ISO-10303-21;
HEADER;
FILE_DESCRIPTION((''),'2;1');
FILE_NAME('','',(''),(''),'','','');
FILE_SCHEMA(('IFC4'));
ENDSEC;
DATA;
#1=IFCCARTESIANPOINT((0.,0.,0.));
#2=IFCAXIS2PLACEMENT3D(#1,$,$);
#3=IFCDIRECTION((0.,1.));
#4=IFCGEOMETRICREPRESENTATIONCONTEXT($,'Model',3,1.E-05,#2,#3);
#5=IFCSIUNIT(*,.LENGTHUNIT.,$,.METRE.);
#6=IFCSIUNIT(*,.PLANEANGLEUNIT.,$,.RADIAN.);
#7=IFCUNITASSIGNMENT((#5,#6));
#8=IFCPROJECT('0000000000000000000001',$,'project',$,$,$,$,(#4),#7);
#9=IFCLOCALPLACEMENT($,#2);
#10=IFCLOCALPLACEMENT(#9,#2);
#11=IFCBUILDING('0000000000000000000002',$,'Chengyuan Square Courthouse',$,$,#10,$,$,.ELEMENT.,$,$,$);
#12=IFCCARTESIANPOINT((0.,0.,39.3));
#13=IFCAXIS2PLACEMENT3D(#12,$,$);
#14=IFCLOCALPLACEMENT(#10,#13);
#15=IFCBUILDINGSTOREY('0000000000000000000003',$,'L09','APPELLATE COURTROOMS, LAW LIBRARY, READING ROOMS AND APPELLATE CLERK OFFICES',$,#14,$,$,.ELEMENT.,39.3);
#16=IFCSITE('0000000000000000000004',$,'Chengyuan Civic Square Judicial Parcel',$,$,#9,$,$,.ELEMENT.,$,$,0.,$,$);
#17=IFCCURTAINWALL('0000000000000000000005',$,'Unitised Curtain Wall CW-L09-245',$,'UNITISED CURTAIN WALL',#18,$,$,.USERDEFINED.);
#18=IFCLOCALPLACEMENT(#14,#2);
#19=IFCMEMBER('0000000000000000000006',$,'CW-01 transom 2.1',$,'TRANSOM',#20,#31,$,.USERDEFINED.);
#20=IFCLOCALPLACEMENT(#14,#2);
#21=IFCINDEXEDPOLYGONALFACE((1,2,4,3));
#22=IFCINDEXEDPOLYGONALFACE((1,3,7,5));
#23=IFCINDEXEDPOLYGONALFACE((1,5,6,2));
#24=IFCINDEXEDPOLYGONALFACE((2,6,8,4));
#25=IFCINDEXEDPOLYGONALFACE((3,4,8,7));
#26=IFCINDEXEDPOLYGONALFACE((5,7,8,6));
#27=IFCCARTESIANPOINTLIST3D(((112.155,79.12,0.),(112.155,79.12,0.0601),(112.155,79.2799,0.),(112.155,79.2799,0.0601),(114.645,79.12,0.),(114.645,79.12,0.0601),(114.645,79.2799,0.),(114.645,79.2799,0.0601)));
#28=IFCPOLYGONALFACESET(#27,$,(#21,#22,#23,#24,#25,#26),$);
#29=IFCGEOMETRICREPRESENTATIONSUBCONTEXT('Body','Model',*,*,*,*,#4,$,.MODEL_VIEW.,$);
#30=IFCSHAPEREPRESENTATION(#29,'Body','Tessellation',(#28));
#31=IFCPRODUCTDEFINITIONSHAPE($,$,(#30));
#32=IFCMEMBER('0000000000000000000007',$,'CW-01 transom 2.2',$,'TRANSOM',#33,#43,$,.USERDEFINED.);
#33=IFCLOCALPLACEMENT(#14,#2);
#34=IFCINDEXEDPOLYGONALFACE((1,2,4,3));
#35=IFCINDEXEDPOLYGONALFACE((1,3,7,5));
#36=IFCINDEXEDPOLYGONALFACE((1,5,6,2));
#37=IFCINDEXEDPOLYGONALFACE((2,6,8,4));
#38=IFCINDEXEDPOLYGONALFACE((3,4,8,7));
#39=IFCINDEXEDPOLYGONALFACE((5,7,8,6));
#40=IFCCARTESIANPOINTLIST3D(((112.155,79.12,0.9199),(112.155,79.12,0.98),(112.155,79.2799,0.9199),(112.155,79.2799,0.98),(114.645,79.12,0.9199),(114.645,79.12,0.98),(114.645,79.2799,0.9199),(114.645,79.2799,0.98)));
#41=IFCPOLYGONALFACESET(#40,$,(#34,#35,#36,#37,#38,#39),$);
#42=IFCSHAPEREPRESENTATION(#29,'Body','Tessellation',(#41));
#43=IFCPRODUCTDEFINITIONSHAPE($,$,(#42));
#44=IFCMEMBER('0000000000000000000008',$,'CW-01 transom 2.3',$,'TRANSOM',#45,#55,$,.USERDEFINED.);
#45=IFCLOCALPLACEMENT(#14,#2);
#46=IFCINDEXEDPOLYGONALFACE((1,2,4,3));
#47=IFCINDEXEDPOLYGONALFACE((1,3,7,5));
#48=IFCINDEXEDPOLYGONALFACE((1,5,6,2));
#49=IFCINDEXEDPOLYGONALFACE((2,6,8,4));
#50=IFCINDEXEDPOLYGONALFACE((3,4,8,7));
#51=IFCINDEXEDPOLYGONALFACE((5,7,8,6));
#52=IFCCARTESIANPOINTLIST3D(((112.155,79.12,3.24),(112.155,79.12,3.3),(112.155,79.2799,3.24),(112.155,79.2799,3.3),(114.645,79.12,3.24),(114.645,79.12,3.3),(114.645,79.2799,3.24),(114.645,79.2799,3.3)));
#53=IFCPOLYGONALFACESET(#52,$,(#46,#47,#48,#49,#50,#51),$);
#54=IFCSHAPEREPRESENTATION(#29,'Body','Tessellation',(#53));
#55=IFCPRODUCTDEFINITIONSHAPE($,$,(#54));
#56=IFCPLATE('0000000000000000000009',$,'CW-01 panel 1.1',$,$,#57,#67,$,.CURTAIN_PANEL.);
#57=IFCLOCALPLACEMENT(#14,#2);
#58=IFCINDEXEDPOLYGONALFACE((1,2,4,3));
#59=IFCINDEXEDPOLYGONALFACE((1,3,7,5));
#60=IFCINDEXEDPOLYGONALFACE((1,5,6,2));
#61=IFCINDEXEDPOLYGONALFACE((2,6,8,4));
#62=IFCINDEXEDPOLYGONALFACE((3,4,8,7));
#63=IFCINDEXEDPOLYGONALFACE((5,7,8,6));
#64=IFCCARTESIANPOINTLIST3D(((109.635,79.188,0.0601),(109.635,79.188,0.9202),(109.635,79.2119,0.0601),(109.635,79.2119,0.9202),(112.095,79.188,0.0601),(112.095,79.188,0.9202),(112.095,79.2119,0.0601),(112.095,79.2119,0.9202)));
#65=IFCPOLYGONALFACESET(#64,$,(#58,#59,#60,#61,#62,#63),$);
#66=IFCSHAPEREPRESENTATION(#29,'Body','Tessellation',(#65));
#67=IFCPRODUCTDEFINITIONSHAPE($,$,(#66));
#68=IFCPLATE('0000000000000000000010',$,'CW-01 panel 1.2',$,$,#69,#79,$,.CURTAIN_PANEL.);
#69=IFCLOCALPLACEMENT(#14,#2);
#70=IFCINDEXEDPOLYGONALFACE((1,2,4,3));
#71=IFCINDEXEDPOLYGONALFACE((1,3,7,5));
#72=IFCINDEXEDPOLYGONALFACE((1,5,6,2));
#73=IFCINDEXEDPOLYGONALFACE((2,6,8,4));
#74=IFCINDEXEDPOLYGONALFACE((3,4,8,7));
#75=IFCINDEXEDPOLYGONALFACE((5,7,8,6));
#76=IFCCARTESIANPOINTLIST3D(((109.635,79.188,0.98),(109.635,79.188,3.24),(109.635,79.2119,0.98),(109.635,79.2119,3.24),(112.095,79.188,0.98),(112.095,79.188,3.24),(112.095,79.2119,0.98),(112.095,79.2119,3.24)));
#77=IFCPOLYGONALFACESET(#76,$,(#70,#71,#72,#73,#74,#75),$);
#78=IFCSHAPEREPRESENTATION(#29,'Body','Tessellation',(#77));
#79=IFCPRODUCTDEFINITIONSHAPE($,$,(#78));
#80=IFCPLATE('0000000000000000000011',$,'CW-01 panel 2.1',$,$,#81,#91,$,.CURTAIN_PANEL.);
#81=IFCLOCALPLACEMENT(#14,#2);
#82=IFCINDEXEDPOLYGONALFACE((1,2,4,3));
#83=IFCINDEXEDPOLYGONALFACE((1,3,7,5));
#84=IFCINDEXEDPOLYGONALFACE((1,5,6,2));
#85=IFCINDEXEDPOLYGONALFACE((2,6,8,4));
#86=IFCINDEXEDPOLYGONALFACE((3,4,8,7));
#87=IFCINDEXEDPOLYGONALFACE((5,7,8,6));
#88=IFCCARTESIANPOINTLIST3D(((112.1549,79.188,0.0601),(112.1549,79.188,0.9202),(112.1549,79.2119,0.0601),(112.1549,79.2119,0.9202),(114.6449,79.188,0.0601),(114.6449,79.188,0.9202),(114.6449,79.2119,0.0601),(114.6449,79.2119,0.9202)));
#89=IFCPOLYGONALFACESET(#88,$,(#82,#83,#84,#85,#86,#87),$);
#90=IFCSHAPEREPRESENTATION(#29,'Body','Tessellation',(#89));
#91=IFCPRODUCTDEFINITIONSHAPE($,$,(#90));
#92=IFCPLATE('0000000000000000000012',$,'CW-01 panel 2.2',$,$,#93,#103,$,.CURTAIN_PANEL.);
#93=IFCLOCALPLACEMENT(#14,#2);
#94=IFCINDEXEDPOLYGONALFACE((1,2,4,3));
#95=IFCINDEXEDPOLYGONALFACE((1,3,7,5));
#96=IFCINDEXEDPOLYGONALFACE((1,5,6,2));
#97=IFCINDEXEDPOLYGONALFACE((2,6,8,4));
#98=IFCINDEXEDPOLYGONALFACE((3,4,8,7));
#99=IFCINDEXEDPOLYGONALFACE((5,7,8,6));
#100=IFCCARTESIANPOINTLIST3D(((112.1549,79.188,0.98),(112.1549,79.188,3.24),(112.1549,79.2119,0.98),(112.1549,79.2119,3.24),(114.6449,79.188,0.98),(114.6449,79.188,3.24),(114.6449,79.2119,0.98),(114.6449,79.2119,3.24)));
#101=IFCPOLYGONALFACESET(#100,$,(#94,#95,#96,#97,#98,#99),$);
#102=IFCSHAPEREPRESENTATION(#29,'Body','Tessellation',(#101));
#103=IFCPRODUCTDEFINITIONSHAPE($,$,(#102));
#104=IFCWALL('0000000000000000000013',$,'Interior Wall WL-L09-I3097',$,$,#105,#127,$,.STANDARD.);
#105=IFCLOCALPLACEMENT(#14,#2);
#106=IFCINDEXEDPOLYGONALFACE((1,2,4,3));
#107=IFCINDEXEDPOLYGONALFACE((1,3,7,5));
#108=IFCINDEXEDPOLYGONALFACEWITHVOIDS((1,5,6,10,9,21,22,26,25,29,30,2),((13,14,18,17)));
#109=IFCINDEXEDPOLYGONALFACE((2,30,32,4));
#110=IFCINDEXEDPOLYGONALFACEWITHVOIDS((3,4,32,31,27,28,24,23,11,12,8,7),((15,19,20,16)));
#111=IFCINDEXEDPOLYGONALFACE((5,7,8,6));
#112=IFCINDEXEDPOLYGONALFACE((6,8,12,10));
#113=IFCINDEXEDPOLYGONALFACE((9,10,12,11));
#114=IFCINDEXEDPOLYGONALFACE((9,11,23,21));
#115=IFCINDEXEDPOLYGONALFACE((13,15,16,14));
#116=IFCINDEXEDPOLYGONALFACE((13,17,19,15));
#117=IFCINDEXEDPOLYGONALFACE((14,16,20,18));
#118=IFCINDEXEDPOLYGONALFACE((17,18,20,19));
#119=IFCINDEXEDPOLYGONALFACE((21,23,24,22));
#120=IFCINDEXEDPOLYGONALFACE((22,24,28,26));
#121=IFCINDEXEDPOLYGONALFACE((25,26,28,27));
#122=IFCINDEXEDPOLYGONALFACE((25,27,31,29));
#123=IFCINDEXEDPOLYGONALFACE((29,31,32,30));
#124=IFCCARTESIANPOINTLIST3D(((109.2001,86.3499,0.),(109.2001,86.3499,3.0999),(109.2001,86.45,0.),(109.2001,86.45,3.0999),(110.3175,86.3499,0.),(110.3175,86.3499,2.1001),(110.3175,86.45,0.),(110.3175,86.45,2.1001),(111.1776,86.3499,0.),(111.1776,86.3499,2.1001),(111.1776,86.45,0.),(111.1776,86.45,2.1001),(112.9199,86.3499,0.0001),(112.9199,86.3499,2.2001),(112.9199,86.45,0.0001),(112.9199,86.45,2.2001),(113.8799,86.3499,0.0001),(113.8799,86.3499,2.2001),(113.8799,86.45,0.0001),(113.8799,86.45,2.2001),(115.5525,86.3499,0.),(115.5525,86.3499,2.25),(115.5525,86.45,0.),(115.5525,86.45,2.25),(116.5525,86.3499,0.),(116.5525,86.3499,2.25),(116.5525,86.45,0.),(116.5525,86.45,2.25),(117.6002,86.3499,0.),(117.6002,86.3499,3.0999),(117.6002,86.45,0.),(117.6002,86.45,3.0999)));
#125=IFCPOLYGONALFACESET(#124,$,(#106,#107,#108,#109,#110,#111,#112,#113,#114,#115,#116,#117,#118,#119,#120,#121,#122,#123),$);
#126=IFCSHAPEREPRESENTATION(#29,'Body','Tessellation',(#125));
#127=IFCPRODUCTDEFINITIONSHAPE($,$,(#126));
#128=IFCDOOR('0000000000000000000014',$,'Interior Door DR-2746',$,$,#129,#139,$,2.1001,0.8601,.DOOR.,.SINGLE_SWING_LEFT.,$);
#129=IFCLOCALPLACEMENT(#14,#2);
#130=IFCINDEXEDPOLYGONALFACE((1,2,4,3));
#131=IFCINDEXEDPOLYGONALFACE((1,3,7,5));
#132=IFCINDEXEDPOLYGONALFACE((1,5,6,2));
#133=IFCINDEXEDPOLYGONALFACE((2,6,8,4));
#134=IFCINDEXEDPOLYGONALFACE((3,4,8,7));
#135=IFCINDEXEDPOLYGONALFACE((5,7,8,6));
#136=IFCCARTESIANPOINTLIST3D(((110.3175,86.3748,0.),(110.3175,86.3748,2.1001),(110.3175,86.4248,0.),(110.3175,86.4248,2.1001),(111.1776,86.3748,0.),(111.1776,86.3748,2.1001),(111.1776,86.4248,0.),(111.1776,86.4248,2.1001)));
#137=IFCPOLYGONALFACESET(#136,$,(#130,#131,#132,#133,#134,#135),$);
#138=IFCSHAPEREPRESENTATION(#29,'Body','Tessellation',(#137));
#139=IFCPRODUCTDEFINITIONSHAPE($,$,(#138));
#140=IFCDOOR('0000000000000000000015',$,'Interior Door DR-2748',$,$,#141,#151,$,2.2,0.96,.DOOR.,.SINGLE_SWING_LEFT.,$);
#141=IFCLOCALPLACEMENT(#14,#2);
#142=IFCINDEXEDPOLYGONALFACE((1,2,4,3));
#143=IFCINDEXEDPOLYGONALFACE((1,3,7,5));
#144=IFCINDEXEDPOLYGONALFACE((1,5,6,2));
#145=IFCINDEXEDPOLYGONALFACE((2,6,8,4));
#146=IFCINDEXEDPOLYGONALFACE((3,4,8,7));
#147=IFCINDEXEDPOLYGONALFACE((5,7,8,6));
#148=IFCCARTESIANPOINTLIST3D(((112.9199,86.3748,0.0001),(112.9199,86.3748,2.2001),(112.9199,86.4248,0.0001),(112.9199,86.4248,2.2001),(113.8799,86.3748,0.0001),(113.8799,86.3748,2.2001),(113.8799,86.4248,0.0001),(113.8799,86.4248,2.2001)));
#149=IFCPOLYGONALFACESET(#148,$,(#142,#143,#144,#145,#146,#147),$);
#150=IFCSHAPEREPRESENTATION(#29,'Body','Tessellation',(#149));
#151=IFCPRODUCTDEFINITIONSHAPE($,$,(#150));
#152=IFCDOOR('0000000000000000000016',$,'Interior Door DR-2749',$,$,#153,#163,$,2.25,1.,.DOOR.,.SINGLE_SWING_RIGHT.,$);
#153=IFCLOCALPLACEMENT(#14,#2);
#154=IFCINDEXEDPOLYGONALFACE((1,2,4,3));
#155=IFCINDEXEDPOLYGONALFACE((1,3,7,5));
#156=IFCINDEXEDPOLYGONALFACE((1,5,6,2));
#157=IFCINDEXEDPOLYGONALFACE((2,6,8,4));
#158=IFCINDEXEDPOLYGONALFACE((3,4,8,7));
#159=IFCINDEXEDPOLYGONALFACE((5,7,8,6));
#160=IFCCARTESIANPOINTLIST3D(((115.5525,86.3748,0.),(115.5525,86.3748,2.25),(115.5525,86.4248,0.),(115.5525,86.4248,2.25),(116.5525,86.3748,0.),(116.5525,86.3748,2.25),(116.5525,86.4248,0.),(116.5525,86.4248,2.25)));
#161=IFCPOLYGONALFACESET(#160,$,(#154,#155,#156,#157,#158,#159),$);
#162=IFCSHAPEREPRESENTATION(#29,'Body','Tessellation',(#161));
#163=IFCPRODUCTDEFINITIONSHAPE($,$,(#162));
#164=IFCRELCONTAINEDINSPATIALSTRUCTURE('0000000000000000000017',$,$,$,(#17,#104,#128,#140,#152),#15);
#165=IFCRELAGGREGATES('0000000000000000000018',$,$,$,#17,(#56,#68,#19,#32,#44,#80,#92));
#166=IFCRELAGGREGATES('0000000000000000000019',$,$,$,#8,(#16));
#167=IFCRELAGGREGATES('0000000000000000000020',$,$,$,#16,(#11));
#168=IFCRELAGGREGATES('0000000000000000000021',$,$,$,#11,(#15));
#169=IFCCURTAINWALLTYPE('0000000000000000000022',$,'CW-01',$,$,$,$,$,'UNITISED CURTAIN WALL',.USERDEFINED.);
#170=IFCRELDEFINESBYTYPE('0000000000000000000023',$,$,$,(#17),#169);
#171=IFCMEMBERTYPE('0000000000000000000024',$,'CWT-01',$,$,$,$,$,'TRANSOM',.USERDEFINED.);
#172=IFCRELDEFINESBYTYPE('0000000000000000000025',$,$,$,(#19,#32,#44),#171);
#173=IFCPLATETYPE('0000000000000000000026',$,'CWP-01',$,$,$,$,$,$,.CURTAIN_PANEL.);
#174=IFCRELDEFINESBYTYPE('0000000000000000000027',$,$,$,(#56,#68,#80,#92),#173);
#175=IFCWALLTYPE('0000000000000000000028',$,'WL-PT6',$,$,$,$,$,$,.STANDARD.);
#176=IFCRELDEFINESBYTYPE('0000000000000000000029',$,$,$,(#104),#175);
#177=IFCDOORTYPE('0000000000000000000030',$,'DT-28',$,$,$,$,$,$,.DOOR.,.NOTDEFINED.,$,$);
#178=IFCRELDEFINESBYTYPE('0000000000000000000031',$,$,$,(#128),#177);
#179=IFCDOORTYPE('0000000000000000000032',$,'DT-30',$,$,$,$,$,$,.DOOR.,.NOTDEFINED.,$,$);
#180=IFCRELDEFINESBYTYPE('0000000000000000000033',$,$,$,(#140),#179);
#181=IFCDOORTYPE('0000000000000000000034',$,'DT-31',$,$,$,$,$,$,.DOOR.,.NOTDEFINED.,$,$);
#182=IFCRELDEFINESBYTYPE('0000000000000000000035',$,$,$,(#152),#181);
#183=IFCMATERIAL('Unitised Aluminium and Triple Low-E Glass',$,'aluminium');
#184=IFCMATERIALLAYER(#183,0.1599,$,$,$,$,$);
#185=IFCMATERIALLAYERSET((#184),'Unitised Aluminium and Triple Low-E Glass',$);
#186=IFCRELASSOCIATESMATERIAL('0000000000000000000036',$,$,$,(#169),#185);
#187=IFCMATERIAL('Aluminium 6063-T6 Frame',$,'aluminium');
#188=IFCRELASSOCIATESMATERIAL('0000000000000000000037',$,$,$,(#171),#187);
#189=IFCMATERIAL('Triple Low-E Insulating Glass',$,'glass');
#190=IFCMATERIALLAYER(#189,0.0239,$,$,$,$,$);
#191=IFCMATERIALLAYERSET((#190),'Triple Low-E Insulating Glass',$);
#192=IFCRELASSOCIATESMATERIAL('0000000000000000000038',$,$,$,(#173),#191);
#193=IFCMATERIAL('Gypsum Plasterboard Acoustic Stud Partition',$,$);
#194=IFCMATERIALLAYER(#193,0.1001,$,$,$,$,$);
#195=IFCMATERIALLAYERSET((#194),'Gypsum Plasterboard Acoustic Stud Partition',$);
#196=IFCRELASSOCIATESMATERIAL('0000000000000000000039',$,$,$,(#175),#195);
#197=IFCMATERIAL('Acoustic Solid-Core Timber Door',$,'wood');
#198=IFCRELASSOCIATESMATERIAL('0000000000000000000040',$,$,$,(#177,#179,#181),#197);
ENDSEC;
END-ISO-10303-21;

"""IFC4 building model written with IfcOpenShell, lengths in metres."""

from ifc_helpers import new_model, si_unit, direction, frame, frame_2d, origin, origin_2d, place, context, subcontext, project, spatial, rectangle, extrude, material, layer, layer_set, material_profile, profile_set, type_object, element, fill, aggregate, save


model = new_model("IFC4")

# Units and contexts
model_context = context("Model", 3, precision=1e-05, world=origin(), true_north=direction((0.0, 1.0)))
body_context = subcontext(model_context, "Body", "Model", "MODEL_VIEW")
ifc_project = project(units=[si_unit("LENGTHUNIT", "METRE"), si_unit("PLANEANGLEUNIT", "RADIAN")], contexts=[model_context])

# Site, building, storey
site_placement = place(None, origin())
site = spatial("IfcSite", under=ifc_project, at=site_placement, Name="Chengyuan Civic Square Judicial Parcel", CompositionType="ELEMENT", RefElevation=0.0)
building_placement = place(site_placement, origin())
building = spatial("IfcBuilding", under=site, at=building_placement, Name="Chengyuan Square Courthouse", CompositionType="ELEMENT")
storey_placement = place(building_placement, frame((0.0, 0.0, 39.3)))
storey = spatial("IfcBuildingStorey", under=building, at=storey_placement, Name="L09", Description="APPELLATE COURTROOMS, LAW LIBRARY, READING ROOMS AND APPELLATE CLERK OFFICES", CompositionType="ELEMENT", Elevation=39.3)

# Curtain wall, members, plates
ifc_material_1 = material(Name="Unitised Aluminium and Triple Low-E Glass", Category="aluminium")
ifc_layer_1 = layer(ifc_material_1, 0.1599)
ifc_layer_set_1 = layer_set([ifc_layer_1], Name="Unitised Aluminium and Triple Low-E Glass")
curtain_wall_type = type_object("IfcCurtainWallType", Name="CW-01", ElementType="UNITISED CURTAIN WALL", PredefinedType="USERDEFINED", material=ifc_layer_set_1)
curtain_wall_placement = place(storey_placement, origin())
curtain_wall = element("IfcCurtainWall", 1, at=curtain_wall_placement, inside=storey, type_object=curtain_wall_type, Name="Unitised Curtain Wall CW-L09-245", ObjectType="UNITISED CURTAIN WALL", PredefinedType="USERDEFINED")
ifc_material_2 = material(Name="Aluminium 6063-T6 Frame", Category="aluminium")
ifc_material_profile_1 = material_profile(ifc_material_2, rectangle(XDim=0.1599, YDim=0.0601, at=origin_2d()), Name="CW-TRN-60x120")
ifc_profile_set_1 = profile_set([ifc_material_profile_1], Name="Aluminium 6063-T6 Frame")
member_type_1 = type_object("IfcMemberType", Name="CWT-01", ElementType="TRANSOM", PredefinedType="USERDEFINED", material=ifc_profile_set_1)
member_1_placement = place(storey_placement, frame((112.155, 79.2, 0.03), z_axis=(1.0, 0.0, 0.0), x_axis=(0.0, 1.0, 0.0)))
member_1 = element("IfcMember", 2, at=member_1_placement, type_object=member_type_1, Name="CW-01 transom 2.1", ObjectType="TRANSOM", PredefinedType="USERDEFINED", context=body_context, shape_type="SweptSolid", body=[
    extrude(rectangle(XDim=0.1599, YDim=0.0601, at=origin_2d()), origin(), (0.0, 0.0, 1.0), 2.49),
])
member_2_placement = place(storey_placement, frame((112.155, 79.2, 0.95), z_axis=(1.0, 0.0, 0.0), x_axis=(0.0, 1.0, 0.0)))
member_2 = element("IfcMember", 3, at=member_2_placement, type_object=member_type_1, Name="CW-01 transom 2.2", ObjectType="TRANSOM", PredefinedType="USERDEFINED", context=body_context, shape_type="SweptSolid", body=[
    extrude(rectangle(XDim=0.1599, YDim=0.0601, at=origin_2d()), origin(), (0.0, 0.0, 1.0), 2.49),
])
member_3_placement = place(storey_placement, frame((112.155, 79.2, 3.27), z_axis=(1.0, 0.0, 0.0), x_axis=(0.0, 1.0, 0.0)))
member_3 = element("IfcMember", 4, at=member_3_placement, type_object=member_type_1, Name="CW-01 transom 2.3", ObjectType="TRANSOM", PredefinedType="USERDEFINED", context=body_context, shape_type="SweptSolid", body=[
    extrude(rectangle(XDim=0.1599, YDim=0.0601, at=origin_2d()), origin(), (0.0, 0.0, 1.0), 2.49),
])
ifc_material_3 = material(Name="Triple Low-E Insulating Glass", Category="glass")
ifc_layer_2 = layer(ifc_material_3, 0.0239)
ifc_layer_set_2 = layer_set([ifc_layer_2], Name="Triple Low-E Insulating Glass")
plate_type = type_object("IfcPlateType", Name="CWP-01", PredefinedType="CURTAIN_PANEL", material=ifc_layer_set_2)
plate_1_placement = place(storey_placement, frame((110.865, 79.2, 0.0601), z_axis=(0.0, 0.0, 1.0), x_axis=(1.0, 0.0, 0.0)))
plate_1 = element("IfcPlate", 5, at=plate_1_placement, type_object=plate_type, Name="CW-01 panel 1.1", PredefinedType="CURTAIN_PANEL", context=body_context, shape_type="SweptSolid", body=[
    extrude(rectangle(XDim=2.46, YDim=0.0239, at=origin_2d()), origin(), (0.0, 0.0, 1.0), 0.8601),
])
plate_2_placement = place(storey_placement, frame((110.865, 79.2, 0.98), z_axis=(0.0, 0.0, 1.0), x_axis=(1.0, 0.0, 0.0)))
plate_2 = element("IfcPlate", 6, at=plate_2_placement, type_object=plate_type, Name="CW-01 panel 1.2", PredefinedType="CURTAIN_PANEL", context=body_context, shape_type="SweptSolid", body=[
    extrude(rectangle(XDim=2.46, YDim=0.0239, at=origin_2d()), origin(), (0.0, 0.0, 1.0), 2.26),
])
plate_3_placement = place(storey_placement, frame((113.3999, 79.2, 0.0601), z_axis=(0.0, 0.0, 1.0), x_axis=(1.0, 0.0, 0.0)))
plate_3 = element("IfcPlate", 7, at=plate_3_placement, type_object=plate_type, Name="CW-01 panel 2.1", PredefinedType="CURTAIN_PANEL", context=body_context, shape_type="SweptSolid", body=[
    extrude(rectangle(XDim=2.49, YDim=0.0239, at=origin_2d()), origin(), (0.0, 0.0, 1.0), 0.8601),
])
plate_4_placement = place(storey_placement, frame((113.3999, 79.2, 0.98), z_axis=(0.0, 0.0, 1.0), x_axis=(1.0, 0.0, 0.0)))
plate_4 = element("IfcPlate", 8, at=plate_4_placement, type_object=plate_type, Name="CW-01 panel 2.2", PredefinedType="CURTAIN_PANEL", context=body_context, shape_type="SweptSolid", body=[
    extrude(rectangle(XDim=2.49, YDim=0.0239, at=origin_2d()), origin(), (0.0, 0.0, 1.0), 2.26),
])
aggregate(curtain_wall, [plate_1, plate_2, member_1, member_2, member_3, plate_3, plate_4])

# Wall, openings, doors
ifc_material_4 = material(Name="Gypsum Plasterboard Acoustic Stud Partition")
ifc_layer_3 = layer(ifc_material_4, 0.1001)
ifc_layer_set_3 = layer_set([ifc_layer_3], Name="Gypsum Plasterboard Acoustic Stud Partition")
wall_type_1 = type_object("IfcWallType", Name="WL-PT6", PredefinedType="STANDARD", material=ifc_layer_set_3)
wall_1_placement = place(storey_placement, frame((109.2, 86.3999, 0.0), z_axis=(0.0, 0.0, 1.0), x_axis=(1.0, 0.0, 0.0)))
wall_1 = element("IfcWall", 9, at=wall_1_placement, inside=storey, type_object=wall_type_1, Name="Interior Wall WL-L09-I3097", PredefinedType="STANDARD", context=body_context, shape_type="SweptSolid", body=[
    extrude(rectangle(XDim=8.4001, YDim=0.1001, at=frame_2d((4.2002, 0.0))), origin(), (0.0, 0.0, 1.0), 3.0999),
])
opening_1_placement = place(wall_1_placement, frame((1.1174, 0.0, 0.0)))
opening_1 = element("IfcOpeningElement", 10, at=opening_1_placement, cuts=wall_1, PredefinedType="OPENING", context=body_context, shape_type="SweptSolid", body=[
    extrude(rectangle(XDim=0.8601, YDim=2.1001, at=frame_2d((0.4302, 1.05))), frame((0.0, 0.062, 0.0), z_axis=(0.0, -1.0, 0.0), x_axis=(1.0, 0.0, 0.0)), (0.0, 0.0, 1.0), 0.124),
])
opening_2_placement = place(wall_1_placement, frame((3.72, 0.0, 0.0)))
opening_2 = element("IfcOpeningElement", 11, at=opening_2_placement, cuts=wall_1, PredefinedType="OPENING", context=body_context, shape_type="SweptSolid", body=[
    extrude(rectangle(XDim=0.96, YDim=2.2, at=frame_2d((0.48, 1.1001))), frame((0.0, 0.062, 0.0), z_axis=(0.0, -1.0, 0.0), x_axis=(1.0, 0.0, 0.0)), (0.0, 0.0, 1.0), 0.124),
])
opening_3_placement = place(wall_1_placement, frame((6.3525, 0.0, 0.0)))
opening_3 = element("IfcOpeningElement", 12, at=opening_3_placement, cuts=wall_1, PredefinedType="OPENING", context=body_context, shape_type="SweptSolid", body=[
    extrude(rectangle(XDim=1.0, YDim=2.25, at=frame_2d((0.5, 1.125))), frame((0.0, 0.062, 0.0), z_axis=(0.0, -1.0, 0.0), x_axis=(1.0, 0.0, 0.0)), (0.0, 0.0, 1.0), 0.124),
])
ifc_material_5 = material(Name="Acoustic Solid-Core Timber Door", Category="wood")
door_type_1 = type_object("IfcDoorType", Name="DT-28", OperationType="NOTDEFINED", PredefinedType="DOOR", material=ifc_material_5)
door_1_placement = place(opening_1_placement, origin())
door_1 = element("IfcDoor", 13, at=door_1_placement, inside=storey, type_object=door_type_1, Name="Interior Door DR-2746", OperationType="SINGLE_SWING_LEFT", OverallHeight=2.1001, OverallWidth=0.8601, PredefinedType="DOOR", context=body_context, shape_type="SweptSolid", body=[
    extrude(rectangle(XDim=0.8601, YDim=2.1001, at=frame_2d((0.4302, 1.05))), frame((0.0, 0.0249, 0.0), z_axis=(0.0, -1.0, 0.0), x_axis=(1.0, 0.0, 0.0)), (0.0, 0.0, 1.0), 0.05),
])
fill(opening_1, door_1)
door_type_2 = type_object("IfcDoorType", Name="DT-30", OperationType="NOTDEFINED", PredefinedType="DOOR", material=ifc_material_5)
door_2_placement = place(opening_2_placement, origin())
door_2 = element("IfcDoor", 14, at=door_2_placement, inside=storey, type_object=door_type_2, Name="Interior Door DR-2748", OperationType="SINGLE_SWING_LEFT", OverallHeight=2.2, OverallWidth=0.96, PredefinedType="DOOR", context=body_context, shape_type="SweptSolid", body=[
    extrude(rectangle(XDim=0.96, YDim=2.2, at=frame_2d((0.48, 1.1001))), frame((0.0, 0.0249, 0.0), z_axis=(0.0, -1.0, 0.0), x_axis=(1.0, 0.0, 0.0)), (0.0, 0.0, 1.0), 0.05),
])
fill(opening_2, door_2)
door_type_3 = type_object("IfcDoorType", Name="DT-31", OperationType="NOTDEFINED", PredefinedType="DOOR", material=ifc_material_5)
door_3_placement = place(opening_3_placement, origin())
door_3 = element("IfcDoor", 15, at=door_3_placement, inside=storey, type_object=door_type_3, Name="Interior Door DR-2749", OperationType="SINGLE_SWING_RIGHT", OverallHeight=2.25, OverallWidth=1.0, PredefinedType="DOOR", context=body_context, shape_type="SweptSolid", body=[
    extrude(rectangle(XDim=1.0, YDim=2.25, at=frame_2d((0.5, 1.125))), frame((0.0, 0.0249, 0.0), z_axis=(0.0, -1.0, 0.0), x_axis=(1.0, 0.0, 0.0)), (0.0, 0.0, 1.0), 0.05),
])
fill(opening_3, door_3)

save(model, "model.ifc")
